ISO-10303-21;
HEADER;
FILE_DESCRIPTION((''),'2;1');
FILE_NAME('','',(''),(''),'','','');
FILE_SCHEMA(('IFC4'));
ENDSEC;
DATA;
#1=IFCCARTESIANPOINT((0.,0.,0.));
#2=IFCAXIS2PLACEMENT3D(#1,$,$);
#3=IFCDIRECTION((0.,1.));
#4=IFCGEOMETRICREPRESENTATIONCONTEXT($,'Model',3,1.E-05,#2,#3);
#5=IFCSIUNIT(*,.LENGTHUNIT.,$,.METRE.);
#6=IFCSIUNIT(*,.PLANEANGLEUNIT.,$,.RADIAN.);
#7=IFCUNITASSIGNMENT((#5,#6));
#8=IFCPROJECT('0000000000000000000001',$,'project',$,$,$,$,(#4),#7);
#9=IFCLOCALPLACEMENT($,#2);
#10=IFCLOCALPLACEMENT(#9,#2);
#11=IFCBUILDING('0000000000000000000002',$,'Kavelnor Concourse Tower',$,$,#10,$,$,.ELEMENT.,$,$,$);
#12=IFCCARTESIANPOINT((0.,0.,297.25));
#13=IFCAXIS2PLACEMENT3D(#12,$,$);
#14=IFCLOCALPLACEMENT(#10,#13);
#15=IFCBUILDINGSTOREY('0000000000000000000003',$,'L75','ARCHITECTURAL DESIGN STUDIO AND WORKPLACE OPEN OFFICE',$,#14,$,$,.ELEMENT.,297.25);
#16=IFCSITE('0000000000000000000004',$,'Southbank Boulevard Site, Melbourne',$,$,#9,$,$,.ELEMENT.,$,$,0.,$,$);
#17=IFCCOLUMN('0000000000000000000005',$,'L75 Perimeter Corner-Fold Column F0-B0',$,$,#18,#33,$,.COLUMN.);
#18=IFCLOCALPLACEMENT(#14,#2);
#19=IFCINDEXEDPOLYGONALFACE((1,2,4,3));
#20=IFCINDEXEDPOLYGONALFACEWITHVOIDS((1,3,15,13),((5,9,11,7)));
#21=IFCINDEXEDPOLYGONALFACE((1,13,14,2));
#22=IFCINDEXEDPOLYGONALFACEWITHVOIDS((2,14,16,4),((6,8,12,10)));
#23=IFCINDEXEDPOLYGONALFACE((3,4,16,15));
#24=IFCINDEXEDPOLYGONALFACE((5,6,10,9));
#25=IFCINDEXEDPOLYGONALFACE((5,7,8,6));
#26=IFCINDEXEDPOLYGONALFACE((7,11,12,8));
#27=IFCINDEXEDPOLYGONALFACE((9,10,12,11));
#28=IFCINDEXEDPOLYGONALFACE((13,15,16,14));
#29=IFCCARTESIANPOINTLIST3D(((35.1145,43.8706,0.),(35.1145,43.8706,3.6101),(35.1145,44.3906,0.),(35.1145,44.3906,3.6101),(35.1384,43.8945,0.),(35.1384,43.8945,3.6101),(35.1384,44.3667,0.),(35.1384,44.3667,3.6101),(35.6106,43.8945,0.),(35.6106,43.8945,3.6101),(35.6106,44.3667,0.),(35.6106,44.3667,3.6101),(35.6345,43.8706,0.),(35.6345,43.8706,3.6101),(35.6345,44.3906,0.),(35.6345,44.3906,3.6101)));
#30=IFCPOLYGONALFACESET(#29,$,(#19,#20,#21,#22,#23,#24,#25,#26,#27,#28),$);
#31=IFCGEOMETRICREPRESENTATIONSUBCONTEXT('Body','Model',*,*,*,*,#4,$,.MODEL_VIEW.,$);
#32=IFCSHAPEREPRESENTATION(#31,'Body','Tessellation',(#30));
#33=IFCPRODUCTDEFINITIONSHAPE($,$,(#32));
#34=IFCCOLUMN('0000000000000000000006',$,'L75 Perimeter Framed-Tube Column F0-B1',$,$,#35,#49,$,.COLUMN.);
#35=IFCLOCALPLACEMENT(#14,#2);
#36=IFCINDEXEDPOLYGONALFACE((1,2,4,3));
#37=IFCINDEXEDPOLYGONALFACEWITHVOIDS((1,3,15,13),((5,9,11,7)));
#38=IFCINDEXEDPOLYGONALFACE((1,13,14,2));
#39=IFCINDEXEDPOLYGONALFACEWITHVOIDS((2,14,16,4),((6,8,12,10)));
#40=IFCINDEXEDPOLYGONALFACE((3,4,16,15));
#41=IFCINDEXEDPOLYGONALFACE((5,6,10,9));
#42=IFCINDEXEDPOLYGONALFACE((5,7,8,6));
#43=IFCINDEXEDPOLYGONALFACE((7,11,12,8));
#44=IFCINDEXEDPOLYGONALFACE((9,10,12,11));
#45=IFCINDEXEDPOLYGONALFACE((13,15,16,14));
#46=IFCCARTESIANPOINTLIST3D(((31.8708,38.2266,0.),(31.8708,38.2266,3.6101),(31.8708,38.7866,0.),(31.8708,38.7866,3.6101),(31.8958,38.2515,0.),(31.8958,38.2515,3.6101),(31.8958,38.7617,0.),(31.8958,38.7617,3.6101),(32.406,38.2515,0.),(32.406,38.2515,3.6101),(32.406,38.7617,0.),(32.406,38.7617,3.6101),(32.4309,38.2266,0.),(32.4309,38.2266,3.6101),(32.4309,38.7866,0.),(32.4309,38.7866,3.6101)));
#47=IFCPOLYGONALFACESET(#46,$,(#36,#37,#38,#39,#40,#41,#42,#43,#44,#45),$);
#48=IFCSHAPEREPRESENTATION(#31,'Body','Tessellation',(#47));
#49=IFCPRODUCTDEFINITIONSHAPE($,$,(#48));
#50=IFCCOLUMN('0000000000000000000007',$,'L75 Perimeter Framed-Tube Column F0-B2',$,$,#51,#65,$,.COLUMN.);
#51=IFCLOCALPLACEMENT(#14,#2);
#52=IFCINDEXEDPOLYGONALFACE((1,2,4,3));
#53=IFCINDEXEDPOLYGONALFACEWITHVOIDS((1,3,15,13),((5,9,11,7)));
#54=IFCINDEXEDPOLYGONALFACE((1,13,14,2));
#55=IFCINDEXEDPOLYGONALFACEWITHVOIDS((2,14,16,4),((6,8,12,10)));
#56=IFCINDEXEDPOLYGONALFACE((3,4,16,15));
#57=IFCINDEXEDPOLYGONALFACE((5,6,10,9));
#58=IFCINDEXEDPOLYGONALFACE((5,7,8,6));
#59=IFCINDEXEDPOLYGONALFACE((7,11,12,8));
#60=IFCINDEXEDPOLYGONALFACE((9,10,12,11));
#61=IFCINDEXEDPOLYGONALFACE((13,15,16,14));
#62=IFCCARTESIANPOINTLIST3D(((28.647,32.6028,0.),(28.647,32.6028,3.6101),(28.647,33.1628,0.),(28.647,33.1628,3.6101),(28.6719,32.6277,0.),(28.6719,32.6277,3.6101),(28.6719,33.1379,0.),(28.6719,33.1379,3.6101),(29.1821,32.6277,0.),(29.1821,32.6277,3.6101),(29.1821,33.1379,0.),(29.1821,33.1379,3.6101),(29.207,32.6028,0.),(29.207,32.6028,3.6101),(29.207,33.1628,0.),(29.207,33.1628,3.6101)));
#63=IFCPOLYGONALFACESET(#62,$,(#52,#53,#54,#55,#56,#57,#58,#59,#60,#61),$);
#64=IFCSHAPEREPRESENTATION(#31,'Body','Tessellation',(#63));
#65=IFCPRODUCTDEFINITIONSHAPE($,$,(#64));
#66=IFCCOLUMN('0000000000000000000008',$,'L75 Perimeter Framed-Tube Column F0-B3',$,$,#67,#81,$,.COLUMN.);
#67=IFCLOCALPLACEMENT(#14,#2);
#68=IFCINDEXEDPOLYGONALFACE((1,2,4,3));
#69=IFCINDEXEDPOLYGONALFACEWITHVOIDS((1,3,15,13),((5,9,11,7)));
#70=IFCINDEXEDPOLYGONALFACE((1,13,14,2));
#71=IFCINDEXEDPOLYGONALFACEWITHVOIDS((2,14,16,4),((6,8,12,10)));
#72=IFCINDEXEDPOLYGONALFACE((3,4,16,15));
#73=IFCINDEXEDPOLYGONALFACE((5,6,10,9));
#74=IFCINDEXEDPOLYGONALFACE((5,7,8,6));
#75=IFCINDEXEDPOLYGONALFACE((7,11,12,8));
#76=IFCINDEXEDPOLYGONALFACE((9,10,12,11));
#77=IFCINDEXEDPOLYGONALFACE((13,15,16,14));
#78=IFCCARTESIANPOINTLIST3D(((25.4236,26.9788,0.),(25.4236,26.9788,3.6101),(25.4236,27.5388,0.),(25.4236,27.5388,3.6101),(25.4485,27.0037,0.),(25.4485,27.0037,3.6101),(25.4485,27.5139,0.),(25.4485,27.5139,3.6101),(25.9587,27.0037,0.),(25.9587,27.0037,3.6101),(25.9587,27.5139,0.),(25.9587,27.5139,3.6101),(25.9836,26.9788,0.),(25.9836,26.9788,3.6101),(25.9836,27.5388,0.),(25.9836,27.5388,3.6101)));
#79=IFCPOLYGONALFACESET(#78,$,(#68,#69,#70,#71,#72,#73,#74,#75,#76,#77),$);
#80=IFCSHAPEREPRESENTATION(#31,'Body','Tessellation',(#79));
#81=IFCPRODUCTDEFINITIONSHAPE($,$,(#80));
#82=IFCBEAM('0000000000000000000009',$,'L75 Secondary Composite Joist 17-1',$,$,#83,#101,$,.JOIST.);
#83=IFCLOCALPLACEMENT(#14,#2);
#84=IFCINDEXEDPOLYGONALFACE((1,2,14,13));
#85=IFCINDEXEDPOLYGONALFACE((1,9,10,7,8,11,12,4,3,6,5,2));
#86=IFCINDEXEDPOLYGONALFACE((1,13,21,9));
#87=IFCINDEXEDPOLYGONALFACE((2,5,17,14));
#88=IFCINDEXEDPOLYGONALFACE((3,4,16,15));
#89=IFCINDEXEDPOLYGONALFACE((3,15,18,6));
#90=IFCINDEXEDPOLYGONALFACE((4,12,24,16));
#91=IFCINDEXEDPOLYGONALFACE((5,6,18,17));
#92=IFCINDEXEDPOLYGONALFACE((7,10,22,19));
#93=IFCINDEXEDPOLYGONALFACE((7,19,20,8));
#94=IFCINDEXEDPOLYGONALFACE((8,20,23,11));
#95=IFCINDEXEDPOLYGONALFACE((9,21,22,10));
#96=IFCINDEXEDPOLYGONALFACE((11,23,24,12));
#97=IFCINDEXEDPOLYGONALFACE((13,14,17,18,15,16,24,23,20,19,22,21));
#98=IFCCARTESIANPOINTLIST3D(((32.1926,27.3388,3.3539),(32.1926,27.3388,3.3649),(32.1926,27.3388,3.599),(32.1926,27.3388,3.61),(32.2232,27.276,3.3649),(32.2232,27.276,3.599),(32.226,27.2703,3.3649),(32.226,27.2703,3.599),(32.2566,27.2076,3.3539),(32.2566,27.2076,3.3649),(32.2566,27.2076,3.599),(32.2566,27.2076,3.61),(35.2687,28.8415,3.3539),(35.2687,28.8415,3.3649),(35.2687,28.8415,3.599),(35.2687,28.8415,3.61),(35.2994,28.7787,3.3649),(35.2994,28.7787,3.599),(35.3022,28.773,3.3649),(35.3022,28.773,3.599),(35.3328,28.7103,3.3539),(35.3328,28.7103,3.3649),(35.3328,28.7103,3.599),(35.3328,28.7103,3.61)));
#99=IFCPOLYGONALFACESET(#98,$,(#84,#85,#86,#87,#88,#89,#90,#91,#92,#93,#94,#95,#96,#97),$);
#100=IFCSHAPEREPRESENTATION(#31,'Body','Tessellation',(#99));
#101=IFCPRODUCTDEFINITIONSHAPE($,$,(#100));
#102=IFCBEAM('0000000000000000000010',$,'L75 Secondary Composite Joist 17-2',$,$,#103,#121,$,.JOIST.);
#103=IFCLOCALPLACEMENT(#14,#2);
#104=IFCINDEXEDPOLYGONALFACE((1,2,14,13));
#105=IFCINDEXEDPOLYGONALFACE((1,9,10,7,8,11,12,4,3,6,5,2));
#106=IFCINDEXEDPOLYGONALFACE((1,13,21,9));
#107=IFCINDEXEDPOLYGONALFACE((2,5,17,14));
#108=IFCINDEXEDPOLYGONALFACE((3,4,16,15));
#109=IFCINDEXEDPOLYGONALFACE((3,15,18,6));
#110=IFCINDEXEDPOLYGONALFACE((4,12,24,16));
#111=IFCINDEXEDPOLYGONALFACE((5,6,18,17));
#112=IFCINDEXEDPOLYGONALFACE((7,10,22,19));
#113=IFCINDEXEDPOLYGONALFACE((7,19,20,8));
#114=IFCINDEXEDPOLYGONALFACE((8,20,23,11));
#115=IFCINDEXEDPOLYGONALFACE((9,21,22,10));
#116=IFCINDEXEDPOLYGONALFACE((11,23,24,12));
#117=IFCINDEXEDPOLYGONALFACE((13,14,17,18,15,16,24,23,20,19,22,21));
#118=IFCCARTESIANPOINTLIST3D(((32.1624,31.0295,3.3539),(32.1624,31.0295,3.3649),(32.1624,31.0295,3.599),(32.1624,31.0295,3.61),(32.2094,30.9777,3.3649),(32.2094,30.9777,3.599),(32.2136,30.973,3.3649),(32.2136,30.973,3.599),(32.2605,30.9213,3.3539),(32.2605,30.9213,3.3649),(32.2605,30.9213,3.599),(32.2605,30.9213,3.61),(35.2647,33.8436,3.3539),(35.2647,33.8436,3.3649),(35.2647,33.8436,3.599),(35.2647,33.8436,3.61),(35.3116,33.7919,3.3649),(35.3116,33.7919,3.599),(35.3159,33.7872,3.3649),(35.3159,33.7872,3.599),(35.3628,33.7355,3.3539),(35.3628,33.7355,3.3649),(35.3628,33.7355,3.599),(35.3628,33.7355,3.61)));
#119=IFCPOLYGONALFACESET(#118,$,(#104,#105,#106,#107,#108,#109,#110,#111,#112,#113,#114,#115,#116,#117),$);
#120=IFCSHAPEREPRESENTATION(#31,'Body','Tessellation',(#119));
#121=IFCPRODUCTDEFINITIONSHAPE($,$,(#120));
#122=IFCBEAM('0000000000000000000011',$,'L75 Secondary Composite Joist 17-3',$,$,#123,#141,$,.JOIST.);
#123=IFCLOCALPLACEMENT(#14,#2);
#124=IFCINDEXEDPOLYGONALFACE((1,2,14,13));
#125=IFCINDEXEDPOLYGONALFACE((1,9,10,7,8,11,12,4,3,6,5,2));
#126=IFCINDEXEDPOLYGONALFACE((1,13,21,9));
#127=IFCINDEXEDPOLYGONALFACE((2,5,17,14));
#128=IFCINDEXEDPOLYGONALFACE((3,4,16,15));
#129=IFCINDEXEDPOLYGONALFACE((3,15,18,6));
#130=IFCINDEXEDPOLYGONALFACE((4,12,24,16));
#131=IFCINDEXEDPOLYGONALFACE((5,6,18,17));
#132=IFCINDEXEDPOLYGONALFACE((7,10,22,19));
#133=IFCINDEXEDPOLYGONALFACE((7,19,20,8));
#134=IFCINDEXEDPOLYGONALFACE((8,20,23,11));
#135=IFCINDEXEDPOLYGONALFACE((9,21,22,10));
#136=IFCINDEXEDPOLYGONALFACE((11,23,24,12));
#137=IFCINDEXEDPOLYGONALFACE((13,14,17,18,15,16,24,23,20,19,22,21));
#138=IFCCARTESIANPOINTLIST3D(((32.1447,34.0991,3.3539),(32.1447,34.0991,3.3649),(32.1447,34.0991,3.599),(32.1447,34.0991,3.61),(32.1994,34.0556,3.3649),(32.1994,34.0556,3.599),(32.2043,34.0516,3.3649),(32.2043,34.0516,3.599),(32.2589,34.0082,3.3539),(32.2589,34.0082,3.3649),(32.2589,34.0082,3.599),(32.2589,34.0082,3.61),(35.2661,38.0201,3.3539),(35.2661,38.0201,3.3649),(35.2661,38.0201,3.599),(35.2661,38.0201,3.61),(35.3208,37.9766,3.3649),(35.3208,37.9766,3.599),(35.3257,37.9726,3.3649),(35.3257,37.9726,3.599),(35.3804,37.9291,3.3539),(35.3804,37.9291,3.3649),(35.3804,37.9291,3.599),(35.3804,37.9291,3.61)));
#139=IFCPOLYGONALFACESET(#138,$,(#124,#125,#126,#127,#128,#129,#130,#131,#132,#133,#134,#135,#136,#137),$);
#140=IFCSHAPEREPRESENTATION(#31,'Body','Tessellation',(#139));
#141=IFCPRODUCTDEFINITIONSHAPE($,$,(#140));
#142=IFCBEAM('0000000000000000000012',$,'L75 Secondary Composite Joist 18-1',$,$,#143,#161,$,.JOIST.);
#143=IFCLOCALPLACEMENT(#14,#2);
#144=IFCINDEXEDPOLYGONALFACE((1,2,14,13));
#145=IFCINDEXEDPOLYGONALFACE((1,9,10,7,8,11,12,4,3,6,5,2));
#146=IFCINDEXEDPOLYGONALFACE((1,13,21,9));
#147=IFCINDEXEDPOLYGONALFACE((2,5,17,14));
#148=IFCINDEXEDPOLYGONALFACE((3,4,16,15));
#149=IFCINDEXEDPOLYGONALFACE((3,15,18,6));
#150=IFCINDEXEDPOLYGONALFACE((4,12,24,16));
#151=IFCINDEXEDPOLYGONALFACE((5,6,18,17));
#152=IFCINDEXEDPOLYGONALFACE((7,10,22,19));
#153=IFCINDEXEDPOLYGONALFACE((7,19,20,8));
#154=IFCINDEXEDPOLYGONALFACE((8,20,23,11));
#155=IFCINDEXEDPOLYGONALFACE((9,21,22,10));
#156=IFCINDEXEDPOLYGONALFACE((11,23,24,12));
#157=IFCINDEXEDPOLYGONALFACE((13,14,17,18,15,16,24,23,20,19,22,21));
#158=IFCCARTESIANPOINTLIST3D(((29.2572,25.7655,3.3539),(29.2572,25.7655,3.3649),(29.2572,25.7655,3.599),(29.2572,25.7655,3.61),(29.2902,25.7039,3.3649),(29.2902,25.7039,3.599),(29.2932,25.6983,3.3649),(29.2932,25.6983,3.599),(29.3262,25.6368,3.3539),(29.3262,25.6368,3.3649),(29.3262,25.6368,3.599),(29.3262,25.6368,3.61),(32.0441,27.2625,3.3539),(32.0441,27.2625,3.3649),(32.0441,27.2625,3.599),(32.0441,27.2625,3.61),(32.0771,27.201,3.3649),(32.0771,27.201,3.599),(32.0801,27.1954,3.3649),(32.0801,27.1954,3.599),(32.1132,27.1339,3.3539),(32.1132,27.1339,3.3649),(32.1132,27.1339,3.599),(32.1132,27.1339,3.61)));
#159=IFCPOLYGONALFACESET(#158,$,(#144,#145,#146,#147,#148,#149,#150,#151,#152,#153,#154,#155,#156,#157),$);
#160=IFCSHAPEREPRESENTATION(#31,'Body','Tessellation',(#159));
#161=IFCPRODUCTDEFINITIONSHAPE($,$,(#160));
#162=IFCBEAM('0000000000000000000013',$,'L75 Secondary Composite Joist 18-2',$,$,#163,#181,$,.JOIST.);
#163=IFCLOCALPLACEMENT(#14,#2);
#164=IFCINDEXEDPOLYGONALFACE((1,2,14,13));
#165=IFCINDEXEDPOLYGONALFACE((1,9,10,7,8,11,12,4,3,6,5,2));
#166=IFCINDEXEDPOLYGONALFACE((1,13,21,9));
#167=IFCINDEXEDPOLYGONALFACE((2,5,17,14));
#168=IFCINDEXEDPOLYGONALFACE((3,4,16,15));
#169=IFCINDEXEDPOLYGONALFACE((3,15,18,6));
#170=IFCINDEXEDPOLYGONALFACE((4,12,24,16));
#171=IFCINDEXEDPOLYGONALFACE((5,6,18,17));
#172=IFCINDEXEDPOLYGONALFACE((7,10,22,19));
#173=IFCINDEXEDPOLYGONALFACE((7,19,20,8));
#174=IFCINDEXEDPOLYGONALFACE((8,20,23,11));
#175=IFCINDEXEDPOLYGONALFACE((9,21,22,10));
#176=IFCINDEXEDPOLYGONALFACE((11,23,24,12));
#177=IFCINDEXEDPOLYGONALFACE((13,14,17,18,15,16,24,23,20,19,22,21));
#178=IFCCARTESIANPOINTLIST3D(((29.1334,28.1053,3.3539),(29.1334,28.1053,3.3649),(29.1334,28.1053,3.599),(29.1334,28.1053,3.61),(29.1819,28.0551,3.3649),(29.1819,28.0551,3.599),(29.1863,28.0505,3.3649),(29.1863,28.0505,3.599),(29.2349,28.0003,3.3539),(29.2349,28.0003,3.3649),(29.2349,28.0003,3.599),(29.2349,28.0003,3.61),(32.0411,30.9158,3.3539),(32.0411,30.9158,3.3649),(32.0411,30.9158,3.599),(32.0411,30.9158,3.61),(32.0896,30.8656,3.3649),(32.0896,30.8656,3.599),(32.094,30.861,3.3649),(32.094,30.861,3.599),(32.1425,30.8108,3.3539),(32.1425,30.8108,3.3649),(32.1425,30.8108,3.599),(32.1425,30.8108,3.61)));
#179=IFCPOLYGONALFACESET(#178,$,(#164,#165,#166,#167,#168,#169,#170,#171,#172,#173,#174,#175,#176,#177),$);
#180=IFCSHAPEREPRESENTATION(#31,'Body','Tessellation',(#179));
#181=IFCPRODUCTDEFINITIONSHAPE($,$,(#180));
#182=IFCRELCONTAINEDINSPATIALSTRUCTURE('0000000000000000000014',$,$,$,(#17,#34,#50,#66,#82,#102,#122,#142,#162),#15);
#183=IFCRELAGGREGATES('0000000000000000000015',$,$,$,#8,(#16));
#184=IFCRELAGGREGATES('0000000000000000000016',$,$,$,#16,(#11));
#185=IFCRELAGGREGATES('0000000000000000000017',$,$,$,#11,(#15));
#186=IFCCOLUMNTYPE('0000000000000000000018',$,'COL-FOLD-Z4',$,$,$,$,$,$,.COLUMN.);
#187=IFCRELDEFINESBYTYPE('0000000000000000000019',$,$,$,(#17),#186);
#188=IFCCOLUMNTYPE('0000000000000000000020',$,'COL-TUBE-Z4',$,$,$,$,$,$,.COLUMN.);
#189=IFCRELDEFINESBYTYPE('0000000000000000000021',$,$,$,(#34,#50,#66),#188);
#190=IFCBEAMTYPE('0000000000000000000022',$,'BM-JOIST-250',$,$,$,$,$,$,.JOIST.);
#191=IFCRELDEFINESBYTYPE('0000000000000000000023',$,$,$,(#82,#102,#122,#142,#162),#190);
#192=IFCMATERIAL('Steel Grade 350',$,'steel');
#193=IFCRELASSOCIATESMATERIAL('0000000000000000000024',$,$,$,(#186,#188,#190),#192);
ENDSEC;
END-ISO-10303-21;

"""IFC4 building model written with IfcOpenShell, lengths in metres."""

from ifc_helpers import new_model, si_unit, direction, frame, origin, origin_2d, place, context, subcontext, project, spatial, hollow_rectangle, i_section, extrude, material, material_profile, profile_set, type_object, element, save


model = new_model("IFC4")

# Units and contexts
model_context = context("Model", 3, precision=1e-05, world=origin(), true_north=direction((0.0, 1.0)))
body_context = subcontext(model_context, "Body", "Model", "MODEL_VIEW")
ifc_project = project(units=[si_unit("LENGTHUNIT", "METRE"), si_unit("PLANEANGLEUNIT", "RADIAN")], contexts=[model_context])

# Site, building, storey
site_placement = place(None, origin())
site = spatial("IfcSite", under=ifc_project, at=site_placement, Name="Southbank Boulevard Site, Melbourne", CompositionType="ELEMENT", RefElevation=0.0)
building_placement = place(site_placement, origin())
building = spatial("IfcBuilding", under=site, at=building_placement, Name="Kavelnor Concourse Tower", CompositionType="ELEMENT")
storey_placement = place(building_placement, frame((0.0, 0.0, 297.25)))
storey = spatial("IfcBuildingStorey", under=building, at=storey_placement, Name="L75", Description="ARCHITECTURAL DESIGN STUDIO AND WORKPLACE OPEN OFFICE", CompositionType="ELEMENT", Elevation=297.25)

# Columns
ifc_material_1 = material(Name="Steel Grade 350", Category="steel")
ifc_material_profile_1 = material_profile(ifc_material_1, hollow_rectangle(XDim=0.52, YDim=0.52, WallThickness=0.0239, at=origin_2d()), Name="SHS 520x520x24")
ifc_profile_set_1 = profile_set([ifc_material_profile_1], Name="Steel Grade 350")
column_type_1 = type_object("IfcColumnType", Name="COL-FOLD-Z4", PredefinedType="COLUMN", material=ifc_profile_set_1)
column_placement = place(storey_placement, frame((35.3745, 44.1306, 0.0), z_axis=(0.0, 0.0, 1.0), x_axis=(1.0, 0.0, 0.0)))
element("IfcColumn", 1, at=column_placement, inside=storey, type_object=column_type_1, Name="L75 Perimeter Corner-Fold Column F0-B0", PredefinedType="COLUMN", context=body_context, shape_type="SweptSolid", body=[
    extrude(hollow_rectangle(XDim=0.52, YDim=0.52, WallThickness=0.0239, at=origin_2d()), origin(), (0.0, 0.0, 1.0), 3.6101),
])
ifc_material_profile_2 = material_profile(ifc_material_1, hollow_rectangle(XDim=0.5601, YDim=0.5601, WallThickness=0.0249, at=origin_2d()), Name="SHS 560x560x25")
ifc_profile_set_2 = profile_set([ifc_material_profile_2], Name="Steel Grade 350")
column_type_2 = type_object("IfcColumnType", Name="COL-TUBE-Z4", PredefinedType="COLUMN", material=ifc_profile_set_2)
for number, where, z_axis, x_axis, name in (
    (2, (32.1509, 38.5066, 0.0), (0.0, 0.0, 1.0), (1.0, 0.0, 0.0), "L75 Perimeter Framed-Tube Column F0-B1"),
    (3, (28.927, 32.8828, 0.0), (0.0, 0.0, 1.0), (1.0, 0.0, 0.0), "L75 Perimeter Framed-Tube Column F0-B2"),
    (4, (25.7036, 27.2588, 0.0), (0.0, 0.0, 1.0), (1.0, 0.0, 0.0), "L75 Perimeter Framed-Tube Column F0-B3"),
):
    element("IfcColumn", number, at=place(storey_placement, frame(where, z_axis=z_axis, x_axis=x_axis)), inside=storey, type_object=column_type_2, Name=name, PredefinedType="COLUMN", context=body_context, shape_type="SweptSolid", body=[
        extrude(hollow_rectangle(XDim=0.5601, YDim=0.5601, WallThickness=0.0249, at=origin_2d()), origin(), (0.0, 0.0, 1.0), 3.6101),
    ])

# Beams
ifc_material_profile_3 = material_profile(ifc_material_1, i_section(OverallWidth=0.146, OverallDepth=0.2561, WebThickness=0.0063, FlangeThickness=0.011, at=origin_2d()), Name="250UB37")
ifc_profile_set_3 = profile_set([ifc_material_profile_3], Name="Steel Grade 350")
beam_type_1 = type_object("IfcBeamType", Name="BM-JOIST-250", PredefinedType="JOIST", material=ifc_profile_set_3)
beam_1_placement = place(storey_placement, frame((35.3008, 28.7759, 3.4819), z_axis=(-0.898525, -0.438922, 0.0), x_axis=(0.438922, -0.898525, 0.0)))
element("IfcBeam", 5, at=beam_1_placement, inside=storey, type_object=beam_type_1, Name="L75 Secondary Composite Joist 17-1", PredefinedType="JOIST", context=body_context, shape_type="SweptSolid", body=[
    extrude(i_section(OverallWidth=0.146, OverallDepth=0.2561, WebThickness=0.0063, FlangeThickness=0.011, at=origin_2d()), origin(), (0.0, 0.0, 1.0), 3.4236),
])
beam_2_placement = place(storey_placement, frame((35.3137, 33.7896, 3.4819), z_axis=(-0.74066, -0.67188, 0.0), x_axis=(0.67188, -0.74066, 0.0)))
element("IfcBeam", 6, at=beam_2_placement, inside=storey, type_object=beam_type_1, Name="L75 Secondary Composite Joist 17-2", PredefinedType="JOIST", context=body_context, shape_type="SweptSolid", body=[
    extrude(i_section(OverallWidth=0.146, OverallDepth=0.2561, WebThickness=0.0063, FlangeThickness=0.011, at=origin_2d()), origin(), (0.0, 0.0, 1.0), 4.1885),
])
beam_3_placement = place(storey_placement, frame((35.3232, 37.9746, 3.4819), z_axis=(-0.622822, -0.782364, 0.0), x_axis=(0.782364, -0.622822, 0.0)))
element("IfcBeam", 7, at=beam_3_placement, inside=storey, type_object=beam_type_1, Name="L75 Secondary Composite Joist 17-3", PredefinedType="JOIST", context=body_context, shape_type="SweptSolid", body=[
    extrude(i_section(OverallWidth=0.146, OverallDepth=0.2561, WebThickness=0.0063, FlangeThickness=0.011, at=origin_2d()), origin(), (0.0, 0.0, 1.0), 5.0117),
])
beam_4_placement = place(storey_placement, frame((32.0786, 27.1982, 3.4819), z_axis=(-0.880939, -0.47323, 0.0), x_axis=(0.47323, -0.880939, 0.0)))
element("IfcBeam", 8, at=beam_4_placement, inside=storey, type_object=beam_type_1, Name="L75 Secondary Composite Joist 18-1", PredefinedType="JOIST", context=body_context, shape_type="SweptSolid", body=[
    extrude(i_section(OverallWidth=0.146, OverallDepth=0.2561, WebThickness=0.0063, FlangeThickness=0.011, at=origin_2d()), origin(), (0.0, 0.0, 1.0), 3.1636),
])
beam_5_placement = place(storey_placement, frame((32.0918, 30.8633, 3.4819), z_axis=(-0.719019, -0.694991, 0.0), x_axis=(0.694991, -0.719019, 0.0)))
element("IfcBeam", 9, at=beam_5_placement, inside=storey, type_object=beam_type_1, Name="L75 Secondary Composite Joist 18-2", PredefinedType="JOIST", context=body_context, shape_type="SweptSolid", body=[
    extrude(i_section(OverallWidth=0.146, OverallDepth=0.2561, WebThickness=0.0063, FlangeThickness=0.011, at=origin_2d()), origin(), (0.0, 0.0, 1.0), 4.0439),
])

save(model, "model.ifc")
